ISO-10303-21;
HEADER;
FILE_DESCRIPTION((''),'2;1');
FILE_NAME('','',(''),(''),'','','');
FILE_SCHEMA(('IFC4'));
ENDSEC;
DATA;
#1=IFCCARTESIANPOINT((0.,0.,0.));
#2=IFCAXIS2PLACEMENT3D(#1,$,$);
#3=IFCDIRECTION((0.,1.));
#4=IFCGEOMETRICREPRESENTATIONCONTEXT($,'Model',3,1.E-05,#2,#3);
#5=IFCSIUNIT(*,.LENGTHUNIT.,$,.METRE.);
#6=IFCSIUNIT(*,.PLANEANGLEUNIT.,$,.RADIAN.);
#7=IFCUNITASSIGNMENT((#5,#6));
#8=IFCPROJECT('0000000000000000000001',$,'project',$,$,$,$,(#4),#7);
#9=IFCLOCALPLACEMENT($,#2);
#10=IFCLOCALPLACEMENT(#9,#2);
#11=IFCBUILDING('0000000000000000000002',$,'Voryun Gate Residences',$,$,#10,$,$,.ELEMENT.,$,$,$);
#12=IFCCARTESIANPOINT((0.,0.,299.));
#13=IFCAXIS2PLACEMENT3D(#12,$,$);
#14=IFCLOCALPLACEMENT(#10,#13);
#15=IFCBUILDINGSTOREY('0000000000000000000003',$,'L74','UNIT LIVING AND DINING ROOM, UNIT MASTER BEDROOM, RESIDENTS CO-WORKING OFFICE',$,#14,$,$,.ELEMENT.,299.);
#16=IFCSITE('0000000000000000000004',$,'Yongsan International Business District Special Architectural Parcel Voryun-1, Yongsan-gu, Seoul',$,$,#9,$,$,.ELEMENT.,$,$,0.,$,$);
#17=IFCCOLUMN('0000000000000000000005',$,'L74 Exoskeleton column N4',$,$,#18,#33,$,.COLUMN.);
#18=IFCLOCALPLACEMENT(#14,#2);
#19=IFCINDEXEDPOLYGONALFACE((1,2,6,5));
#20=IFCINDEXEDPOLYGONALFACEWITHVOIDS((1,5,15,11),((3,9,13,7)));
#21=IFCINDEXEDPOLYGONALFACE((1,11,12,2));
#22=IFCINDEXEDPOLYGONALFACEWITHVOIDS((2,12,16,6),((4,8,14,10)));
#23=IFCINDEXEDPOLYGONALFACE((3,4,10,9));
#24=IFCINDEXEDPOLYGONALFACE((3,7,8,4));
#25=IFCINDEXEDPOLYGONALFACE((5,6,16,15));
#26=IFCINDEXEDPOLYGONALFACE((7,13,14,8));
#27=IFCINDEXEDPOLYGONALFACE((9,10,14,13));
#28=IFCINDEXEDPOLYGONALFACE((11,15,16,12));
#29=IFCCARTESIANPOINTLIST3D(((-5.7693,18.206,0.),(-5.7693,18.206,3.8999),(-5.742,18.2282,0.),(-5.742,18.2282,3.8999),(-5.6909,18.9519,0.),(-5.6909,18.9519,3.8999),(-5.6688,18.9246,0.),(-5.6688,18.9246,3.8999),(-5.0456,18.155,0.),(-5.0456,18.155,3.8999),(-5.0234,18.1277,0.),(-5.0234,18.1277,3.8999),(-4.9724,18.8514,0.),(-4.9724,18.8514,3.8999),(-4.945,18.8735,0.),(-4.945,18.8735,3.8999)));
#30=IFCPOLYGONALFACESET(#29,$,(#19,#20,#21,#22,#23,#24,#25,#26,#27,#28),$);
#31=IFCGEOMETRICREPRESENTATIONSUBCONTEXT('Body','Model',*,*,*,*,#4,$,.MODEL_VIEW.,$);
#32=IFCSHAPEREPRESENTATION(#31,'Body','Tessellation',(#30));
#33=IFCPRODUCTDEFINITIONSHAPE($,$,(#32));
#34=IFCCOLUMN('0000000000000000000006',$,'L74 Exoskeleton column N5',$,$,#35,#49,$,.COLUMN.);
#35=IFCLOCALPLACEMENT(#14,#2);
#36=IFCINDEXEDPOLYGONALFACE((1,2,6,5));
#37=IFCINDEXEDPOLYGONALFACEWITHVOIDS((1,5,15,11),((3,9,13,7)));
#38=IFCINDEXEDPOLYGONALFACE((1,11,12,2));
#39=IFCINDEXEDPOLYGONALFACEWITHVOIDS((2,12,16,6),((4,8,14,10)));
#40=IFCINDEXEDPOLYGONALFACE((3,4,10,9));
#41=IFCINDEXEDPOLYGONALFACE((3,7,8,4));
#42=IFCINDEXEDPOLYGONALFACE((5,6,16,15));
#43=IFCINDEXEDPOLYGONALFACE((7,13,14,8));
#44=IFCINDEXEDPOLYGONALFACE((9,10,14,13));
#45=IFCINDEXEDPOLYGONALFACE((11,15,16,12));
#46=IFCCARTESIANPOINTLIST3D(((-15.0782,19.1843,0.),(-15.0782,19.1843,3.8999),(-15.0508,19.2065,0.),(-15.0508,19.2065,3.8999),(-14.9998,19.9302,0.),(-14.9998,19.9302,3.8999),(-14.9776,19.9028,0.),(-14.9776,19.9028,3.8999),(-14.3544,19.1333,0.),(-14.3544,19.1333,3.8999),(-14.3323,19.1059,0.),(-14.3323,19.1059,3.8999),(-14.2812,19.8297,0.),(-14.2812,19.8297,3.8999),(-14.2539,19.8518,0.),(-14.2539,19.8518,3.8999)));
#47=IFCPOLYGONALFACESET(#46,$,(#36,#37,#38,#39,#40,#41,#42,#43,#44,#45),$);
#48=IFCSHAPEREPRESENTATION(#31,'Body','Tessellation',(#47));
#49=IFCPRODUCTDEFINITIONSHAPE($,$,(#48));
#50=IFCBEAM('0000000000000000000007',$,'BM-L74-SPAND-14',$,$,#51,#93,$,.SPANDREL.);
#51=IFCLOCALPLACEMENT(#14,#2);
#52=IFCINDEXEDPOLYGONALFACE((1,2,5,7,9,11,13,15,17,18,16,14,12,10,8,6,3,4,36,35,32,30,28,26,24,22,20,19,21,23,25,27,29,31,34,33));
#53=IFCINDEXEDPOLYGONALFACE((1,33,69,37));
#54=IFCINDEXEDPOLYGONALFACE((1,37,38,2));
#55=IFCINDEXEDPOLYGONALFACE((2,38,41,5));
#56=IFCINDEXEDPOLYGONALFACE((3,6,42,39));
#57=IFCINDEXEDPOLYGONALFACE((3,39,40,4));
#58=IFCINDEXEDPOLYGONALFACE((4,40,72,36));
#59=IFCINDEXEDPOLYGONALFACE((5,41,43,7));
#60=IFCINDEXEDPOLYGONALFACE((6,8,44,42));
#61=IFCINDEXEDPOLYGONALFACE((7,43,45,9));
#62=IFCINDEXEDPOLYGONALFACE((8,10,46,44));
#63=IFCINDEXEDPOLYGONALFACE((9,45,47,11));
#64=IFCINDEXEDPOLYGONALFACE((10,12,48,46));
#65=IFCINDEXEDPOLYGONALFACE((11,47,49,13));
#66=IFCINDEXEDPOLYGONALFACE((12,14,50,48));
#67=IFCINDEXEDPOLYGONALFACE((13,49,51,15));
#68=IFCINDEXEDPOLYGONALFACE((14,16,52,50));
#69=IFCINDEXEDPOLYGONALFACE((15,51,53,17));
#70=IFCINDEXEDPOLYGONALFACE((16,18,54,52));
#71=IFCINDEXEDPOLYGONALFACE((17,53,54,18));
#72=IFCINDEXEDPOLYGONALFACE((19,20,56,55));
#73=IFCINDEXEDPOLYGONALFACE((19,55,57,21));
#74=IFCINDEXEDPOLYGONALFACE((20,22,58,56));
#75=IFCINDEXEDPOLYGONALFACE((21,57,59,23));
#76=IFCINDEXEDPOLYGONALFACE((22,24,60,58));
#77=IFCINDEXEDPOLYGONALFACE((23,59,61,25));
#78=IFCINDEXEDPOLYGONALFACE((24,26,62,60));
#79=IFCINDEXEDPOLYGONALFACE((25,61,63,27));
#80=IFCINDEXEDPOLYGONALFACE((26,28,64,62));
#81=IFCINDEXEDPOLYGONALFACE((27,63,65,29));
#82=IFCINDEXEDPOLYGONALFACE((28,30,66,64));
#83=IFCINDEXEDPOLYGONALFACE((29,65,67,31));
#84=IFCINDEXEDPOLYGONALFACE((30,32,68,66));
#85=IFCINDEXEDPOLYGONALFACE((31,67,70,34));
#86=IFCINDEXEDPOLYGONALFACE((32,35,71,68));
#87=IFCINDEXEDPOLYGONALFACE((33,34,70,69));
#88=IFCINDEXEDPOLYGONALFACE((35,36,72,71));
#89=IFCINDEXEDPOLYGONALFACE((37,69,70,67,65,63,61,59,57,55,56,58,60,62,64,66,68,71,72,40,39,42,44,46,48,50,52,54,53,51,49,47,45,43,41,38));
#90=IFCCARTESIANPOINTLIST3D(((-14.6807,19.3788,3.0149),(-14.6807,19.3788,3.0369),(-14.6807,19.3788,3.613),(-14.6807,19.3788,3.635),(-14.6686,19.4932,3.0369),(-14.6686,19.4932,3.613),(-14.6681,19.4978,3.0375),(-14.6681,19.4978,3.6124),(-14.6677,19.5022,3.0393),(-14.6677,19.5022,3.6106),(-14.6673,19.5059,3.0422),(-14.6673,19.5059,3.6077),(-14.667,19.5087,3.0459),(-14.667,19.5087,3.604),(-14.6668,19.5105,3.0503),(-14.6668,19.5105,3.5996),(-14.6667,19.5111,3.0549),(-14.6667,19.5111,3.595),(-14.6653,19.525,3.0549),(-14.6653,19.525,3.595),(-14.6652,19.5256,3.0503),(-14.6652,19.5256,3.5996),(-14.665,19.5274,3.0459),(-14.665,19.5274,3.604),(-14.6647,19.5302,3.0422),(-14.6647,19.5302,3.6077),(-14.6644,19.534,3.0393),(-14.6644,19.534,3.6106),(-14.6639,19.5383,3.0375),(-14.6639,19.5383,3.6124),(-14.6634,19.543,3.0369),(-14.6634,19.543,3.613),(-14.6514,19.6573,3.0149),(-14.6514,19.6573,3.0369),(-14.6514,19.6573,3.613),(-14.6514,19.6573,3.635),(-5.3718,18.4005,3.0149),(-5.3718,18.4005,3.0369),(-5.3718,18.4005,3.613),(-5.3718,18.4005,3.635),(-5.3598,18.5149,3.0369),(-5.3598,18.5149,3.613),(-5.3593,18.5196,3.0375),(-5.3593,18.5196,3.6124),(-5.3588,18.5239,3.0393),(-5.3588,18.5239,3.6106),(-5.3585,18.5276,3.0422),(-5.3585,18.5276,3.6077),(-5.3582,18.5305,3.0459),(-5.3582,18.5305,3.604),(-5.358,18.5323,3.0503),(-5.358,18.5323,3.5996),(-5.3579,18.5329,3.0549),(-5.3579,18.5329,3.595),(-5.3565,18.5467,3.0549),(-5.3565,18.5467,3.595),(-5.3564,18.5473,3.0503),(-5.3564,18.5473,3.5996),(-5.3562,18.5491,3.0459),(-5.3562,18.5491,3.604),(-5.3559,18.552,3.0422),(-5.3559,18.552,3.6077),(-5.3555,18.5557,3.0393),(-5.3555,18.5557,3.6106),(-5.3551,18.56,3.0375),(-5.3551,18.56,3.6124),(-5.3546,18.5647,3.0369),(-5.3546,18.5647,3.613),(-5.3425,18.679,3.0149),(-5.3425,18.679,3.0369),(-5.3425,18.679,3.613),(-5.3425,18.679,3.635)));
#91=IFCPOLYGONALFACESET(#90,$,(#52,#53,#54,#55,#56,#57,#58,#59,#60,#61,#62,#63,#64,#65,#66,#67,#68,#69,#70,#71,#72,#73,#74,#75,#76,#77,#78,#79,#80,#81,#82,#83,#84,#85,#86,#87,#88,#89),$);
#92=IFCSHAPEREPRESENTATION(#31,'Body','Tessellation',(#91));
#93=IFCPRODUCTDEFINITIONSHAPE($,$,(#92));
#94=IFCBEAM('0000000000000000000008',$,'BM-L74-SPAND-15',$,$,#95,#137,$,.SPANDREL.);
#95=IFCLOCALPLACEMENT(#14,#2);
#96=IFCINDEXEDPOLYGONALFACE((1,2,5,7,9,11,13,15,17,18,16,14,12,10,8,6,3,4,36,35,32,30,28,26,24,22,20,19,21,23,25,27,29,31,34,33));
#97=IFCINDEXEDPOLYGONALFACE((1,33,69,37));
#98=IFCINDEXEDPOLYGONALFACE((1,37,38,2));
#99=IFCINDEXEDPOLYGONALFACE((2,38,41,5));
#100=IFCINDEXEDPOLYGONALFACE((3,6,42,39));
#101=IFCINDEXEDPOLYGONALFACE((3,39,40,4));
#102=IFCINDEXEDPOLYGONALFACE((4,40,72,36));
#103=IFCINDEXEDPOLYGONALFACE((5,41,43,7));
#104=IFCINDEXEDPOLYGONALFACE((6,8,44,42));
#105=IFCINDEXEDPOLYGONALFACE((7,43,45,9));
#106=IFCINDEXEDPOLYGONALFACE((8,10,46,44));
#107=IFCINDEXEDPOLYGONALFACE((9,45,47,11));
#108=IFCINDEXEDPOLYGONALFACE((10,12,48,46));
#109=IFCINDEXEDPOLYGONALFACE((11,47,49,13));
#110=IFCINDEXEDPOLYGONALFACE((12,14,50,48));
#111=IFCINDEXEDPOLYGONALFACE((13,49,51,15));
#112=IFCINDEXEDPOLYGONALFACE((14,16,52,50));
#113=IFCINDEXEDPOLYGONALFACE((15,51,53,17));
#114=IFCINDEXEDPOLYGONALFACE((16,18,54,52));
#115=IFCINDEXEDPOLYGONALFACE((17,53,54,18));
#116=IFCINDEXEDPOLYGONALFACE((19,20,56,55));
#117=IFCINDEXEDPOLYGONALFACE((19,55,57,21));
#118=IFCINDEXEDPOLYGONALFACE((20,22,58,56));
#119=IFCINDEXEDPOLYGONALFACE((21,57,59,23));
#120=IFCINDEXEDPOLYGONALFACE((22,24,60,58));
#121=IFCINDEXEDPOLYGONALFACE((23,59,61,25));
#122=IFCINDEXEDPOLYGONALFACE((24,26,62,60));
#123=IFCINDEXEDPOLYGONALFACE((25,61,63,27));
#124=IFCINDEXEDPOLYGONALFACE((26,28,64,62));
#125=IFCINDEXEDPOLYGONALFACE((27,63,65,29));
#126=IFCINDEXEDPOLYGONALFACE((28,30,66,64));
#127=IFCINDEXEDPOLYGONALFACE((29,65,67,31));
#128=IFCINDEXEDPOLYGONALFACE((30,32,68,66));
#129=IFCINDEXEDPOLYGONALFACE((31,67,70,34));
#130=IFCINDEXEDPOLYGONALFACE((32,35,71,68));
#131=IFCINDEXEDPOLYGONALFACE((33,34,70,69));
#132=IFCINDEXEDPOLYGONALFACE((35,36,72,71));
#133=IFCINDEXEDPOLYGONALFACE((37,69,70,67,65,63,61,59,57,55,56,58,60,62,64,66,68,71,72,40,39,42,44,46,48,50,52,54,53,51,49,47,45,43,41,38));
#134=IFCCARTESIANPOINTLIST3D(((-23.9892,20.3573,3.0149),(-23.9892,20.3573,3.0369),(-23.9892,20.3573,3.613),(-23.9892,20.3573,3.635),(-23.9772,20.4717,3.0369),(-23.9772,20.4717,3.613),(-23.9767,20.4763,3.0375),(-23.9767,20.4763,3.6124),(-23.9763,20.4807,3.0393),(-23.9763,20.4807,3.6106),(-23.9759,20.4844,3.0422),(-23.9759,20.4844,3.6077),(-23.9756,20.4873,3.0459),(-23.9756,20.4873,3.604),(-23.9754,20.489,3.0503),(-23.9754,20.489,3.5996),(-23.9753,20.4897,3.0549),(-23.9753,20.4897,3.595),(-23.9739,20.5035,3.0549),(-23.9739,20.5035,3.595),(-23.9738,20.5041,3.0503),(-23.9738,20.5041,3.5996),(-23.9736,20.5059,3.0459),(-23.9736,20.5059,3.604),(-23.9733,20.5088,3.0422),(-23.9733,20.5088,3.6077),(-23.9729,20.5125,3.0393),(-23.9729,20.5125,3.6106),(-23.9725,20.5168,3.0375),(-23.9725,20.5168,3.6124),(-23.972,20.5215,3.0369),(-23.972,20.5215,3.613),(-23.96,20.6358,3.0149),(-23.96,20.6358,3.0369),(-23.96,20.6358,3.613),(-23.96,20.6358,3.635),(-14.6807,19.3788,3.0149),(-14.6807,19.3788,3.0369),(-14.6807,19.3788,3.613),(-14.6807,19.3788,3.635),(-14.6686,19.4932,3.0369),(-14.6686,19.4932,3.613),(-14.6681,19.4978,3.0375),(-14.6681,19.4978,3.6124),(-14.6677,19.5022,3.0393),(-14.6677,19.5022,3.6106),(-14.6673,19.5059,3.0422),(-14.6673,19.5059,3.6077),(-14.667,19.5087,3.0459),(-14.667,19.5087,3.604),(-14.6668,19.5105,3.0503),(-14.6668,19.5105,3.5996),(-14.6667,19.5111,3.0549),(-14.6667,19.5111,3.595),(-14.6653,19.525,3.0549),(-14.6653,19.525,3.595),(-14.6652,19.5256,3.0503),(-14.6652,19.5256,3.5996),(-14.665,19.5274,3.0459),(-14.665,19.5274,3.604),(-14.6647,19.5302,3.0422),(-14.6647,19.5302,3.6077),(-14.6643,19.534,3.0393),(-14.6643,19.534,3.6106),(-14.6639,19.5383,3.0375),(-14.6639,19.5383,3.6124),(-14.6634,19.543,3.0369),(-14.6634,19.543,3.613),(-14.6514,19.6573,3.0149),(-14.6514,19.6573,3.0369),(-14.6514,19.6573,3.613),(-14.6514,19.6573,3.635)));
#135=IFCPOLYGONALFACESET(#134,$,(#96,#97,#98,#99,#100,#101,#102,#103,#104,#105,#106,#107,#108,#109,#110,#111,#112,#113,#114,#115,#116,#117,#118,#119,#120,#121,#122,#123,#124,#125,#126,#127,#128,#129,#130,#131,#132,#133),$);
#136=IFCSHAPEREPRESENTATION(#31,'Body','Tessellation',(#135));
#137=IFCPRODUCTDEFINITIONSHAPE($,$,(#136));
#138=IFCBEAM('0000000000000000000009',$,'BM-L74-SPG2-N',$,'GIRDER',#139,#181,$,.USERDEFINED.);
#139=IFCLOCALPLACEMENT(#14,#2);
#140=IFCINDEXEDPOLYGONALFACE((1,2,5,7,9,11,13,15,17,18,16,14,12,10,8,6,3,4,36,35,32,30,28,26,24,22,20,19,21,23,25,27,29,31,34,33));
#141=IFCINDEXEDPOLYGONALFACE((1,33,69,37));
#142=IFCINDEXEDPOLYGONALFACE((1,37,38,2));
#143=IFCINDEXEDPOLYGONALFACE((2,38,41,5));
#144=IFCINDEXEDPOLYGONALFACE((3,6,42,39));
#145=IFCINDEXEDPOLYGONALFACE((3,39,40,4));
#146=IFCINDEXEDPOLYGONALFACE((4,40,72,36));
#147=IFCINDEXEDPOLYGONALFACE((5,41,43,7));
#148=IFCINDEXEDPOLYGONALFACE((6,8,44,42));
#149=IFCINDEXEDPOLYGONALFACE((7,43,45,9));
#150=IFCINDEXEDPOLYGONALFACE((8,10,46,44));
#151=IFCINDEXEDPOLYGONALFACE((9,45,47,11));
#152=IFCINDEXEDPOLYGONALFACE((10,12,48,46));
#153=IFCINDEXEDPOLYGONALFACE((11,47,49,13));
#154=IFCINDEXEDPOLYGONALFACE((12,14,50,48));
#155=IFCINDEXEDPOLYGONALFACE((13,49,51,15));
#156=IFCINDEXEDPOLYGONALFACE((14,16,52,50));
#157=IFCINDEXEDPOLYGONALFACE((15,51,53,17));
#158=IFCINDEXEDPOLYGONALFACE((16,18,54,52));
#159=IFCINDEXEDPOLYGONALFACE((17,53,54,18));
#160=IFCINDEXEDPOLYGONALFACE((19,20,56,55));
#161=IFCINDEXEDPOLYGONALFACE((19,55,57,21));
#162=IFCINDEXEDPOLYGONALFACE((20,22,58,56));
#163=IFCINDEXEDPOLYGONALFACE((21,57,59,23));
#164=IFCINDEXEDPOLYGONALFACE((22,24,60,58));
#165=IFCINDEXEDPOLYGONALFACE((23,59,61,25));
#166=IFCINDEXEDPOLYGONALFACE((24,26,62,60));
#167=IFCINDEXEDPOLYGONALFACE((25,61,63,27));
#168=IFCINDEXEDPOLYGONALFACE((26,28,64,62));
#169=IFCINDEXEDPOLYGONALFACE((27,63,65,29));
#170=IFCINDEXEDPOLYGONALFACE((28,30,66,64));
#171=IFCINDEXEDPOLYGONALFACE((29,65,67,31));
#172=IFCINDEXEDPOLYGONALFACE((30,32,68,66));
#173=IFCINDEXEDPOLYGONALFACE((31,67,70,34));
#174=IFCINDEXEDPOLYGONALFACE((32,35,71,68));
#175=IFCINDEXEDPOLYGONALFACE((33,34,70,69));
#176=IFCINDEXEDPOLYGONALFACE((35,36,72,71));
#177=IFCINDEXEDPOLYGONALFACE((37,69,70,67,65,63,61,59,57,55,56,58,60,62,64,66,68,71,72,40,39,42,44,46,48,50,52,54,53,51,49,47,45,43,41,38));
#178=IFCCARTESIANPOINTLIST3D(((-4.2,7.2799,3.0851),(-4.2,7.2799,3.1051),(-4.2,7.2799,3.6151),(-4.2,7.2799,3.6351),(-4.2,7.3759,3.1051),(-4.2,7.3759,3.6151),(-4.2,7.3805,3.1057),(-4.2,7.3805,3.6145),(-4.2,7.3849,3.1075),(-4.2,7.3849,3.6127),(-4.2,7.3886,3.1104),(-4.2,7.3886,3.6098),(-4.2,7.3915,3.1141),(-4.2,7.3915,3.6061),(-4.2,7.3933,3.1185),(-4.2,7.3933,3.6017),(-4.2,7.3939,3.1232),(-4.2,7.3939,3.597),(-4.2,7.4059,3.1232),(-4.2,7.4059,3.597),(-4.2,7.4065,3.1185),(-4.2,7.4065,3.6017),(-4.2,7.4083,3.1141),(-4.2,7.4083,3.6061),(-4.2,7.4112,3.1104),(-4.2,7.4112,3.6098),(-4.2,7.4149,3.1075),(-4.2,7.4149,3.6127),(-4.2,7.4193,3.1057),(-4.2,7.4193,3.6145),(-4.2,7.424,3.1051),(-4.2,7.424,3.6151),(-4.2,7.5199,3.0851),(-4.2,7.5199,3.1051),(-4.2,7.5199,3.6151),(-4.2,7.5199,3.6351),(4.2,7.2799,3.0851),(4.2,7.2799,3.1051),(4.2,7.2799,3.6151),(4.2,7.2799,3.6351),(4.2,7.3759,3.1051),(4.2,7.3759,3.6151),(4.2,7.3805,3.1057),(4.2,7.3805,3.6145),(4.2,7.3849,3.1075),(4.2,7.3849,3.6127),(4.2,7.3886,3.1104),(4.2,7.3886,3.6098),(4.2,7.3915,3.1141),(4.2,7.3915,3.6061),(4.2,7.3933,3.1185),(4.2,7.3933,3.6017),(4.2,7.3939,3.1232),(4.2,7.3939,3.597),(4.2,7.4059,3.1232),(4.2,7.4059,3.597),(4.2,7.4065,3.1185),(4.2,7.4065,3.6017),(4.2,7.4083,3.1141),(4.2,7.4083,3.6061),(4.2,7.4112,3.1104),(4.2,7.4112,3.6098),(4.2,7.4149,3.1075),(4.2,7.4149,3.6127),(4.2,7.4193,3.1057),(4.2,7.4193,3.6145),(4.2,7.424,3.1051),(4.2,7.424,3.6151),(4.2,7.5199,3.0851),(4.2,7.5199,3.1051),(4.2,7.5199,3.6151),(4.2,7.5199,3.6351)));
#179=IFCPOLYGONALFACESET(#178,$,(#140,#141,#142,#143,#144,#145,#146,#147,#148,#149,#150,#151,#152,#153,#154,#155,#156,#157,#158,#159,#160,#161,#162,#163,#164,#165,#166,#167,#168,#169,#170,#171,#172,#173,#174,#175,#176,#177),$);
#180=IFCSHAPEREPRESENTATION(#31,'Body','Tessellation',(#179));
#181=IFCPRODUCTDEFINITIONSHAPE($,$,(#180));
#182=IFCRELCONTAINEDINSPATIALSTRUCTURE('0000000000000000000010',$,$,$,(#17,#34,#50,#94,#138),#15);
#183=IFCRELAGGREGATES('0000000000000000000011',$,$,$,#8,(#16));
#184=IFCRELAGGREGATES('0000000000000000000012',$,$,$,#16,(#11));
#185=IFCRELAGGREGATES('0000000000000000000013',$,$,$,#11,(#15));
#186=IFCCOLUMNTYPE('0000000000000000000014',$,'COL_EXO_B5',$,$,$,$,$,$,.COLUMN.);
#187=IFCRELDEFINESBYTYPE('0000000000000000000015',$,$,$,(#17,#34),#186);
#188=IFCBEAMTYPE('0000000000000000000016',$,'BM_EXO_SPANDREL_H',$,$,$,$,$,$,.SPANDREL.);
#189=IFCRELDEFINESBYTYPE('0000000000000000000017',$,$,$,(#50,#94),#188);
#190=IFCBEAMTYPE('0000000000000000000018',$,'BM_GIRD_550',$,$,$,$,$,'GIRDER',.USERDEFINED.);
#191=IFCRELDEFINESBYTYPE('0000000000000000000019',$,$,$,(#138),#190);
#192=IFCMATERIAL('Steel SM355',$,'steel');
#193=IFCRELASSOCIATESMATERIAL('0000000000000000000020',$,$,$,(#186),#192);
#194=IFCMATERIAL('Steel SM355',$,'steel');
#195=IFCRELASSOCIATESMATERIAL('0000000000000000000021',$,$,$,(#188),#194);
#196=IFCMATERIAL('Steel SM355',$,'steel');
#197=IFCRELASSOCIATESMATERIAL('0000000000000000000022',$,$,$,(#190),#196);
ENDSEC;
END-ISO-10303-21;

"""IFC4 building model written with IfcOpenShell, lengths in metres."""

from ifc_helpers import new_model, si_unit, direction, frame, origin, origin_2d, place, context, subcontext, project, spatial, hollow_rectangle, i_section, extrude, material, material_profile, profile_set, type_object, element, save


model = new_model("IFC4")

# Units and contexts
model_context = context("Model", 3, precision=1e-05, world=origin(), true_north=direction((0.0, 1.0)))
body_context = subcontext(model_context, "Body", "Model", "MODEL_VIEW")
ifc_project = project(units=[si_unit("LENGTHUNIT", "METRE"), si_unit("PLANEANGLEUNIT", "RADIAN")], contexts=[model_context])

# Site, building, storey
site_placement = place(None, origin())
site = spatial("IfcSite", under=ifc_project, at=site_placement, Name="Yongsan International Business District Special Architectural Parcel Voryun-1, Yongsan-gu, Seoul", CompositionType="ELEMENT", RefElevation=0.0)
building_placement = place(site_placement, origin())
building = spatial("IfcBuilding", under=site, at=building_placement, Name="Voryun Gate Residences", CompositionType="ELEMENT")
storey_placement = place(building_placement, frame((0.0, 0.0, 299.0)))
storey = spatial("IfcBuildingStorey", under=building, at=storey_placement, Name="L74", Description="UNIT LIVING AND DINING ROOM, UNIT MASTER BEDROOM, RESIDENTS CO-WORKING OFFICE", CompositionType="ELEMENT", Elevation=299.0)

# Columns
ifc_material_1 = material(Name="Steel SM355", Category="steel")
ifc_material_profile_1 = material_profile(ifc_material_1, hollow_rectangle(XDim=0.75, YDim=0.75, WallThickness=0.0249, at=origin_2d()), Name="BOX-750x750x25")
ifc_profile_set_1 = profile_set([ifc_material_profile_1], Name="Steel SM355")
column_type = type_object("IfcColumnType", Name="COL_EXO_B5", PredefinedType="COLUMN", material=ifc_profile_set_1)
for number, where, z_axis, x_axis, name in (
    (1, (-5.3572, 18.5398, 0.0), (0.0, 0.0, 1.0), (0.994522, -0.104528, 0.0), "L74 Exoskeleton column N4"),
    (2, (-14.666, 19.5181, 0.0), (0.0, 0.0, 1.0), (0.994522, -0.104528, 0.0), "L74 Exoskeleton column N5"),
):
    element("IfcColumn", number, at=place(storey_placement, frame(where, z_axis=z_axis, x_axis=x_axis)), inside=storey, type_object=column_type, Name=name, PredefinedType="COLUMN", context=body_context, shape_type="SweptSolid", body=[
        extrude(hollow_rectangle(XDim=0.75, YDim=0.75, WallThickness=0.0249, at=origin_2d()), origin(), (0.0, 0.0, 1.0), 3.8999),
    ])

# Beams
ifc_material_2 = material(Name="Steel SM355", Category="steel")
ifc_material_profile_2 = material_profile(ifc_material_2, i_section(OverallWidth=0.28, OverallDepth=0.6201, WebThickness=0.0139, FlangeThickness=0.022, FilletRadius=0.0181, at=origin_2d()), Name="H-620x280x14x22")
ifc_profile_set_2 = profile_set([ifc_material_profile_2], Name="Steel SM355")
beam_type_1 = type_object("IfcBeamType", Name="BM_EXO_SPANDREL_H", PredefinedType="SPANDREL", material=ifc_profile_set_2)
beam_1_placement = place(storey_placement, frame((-5.3572, 18.5398, 3.325), z_axis=(-0.994523, 0.104515, 0.0), x_axis=(-0.104515, -0.994523, 0.0)))
element("IfcBeam", 3, at=beam_1_placement, inside=storey, type_object=beam_type_1, Name="BM-L74-SPAND-14", PredefinedType="SPANDREL", context=body_context, shape_type="SweptSolid", body=[
    extrude(i_section(OverallWidth=0.28, OverallDepth=0.6201, WebThickness=0.0139, FlangeThickness=0.022, FilletRadius=0.0181, at=origin_2d()), origin(), (0.0, 0.0, 1.0), 9.3601),
])
beam_2_placement = place(storey_placement, frame((-14.666, 19.5181, 3.325), z_axis=(-0.99452, 0.104544, 0.0), x_axis=(-0.104544, -0.99452, 0.0)))
element("IfcBeam", 4, at=beam_2_placement, inside=storey, type_object=beam_type_1, Name="BM-L74-SPAND-15", PredefinedType="SPANDREL", context=body_context, shape_type="SweptSolid", body=[
    extrude(i_section(OverallWidth=0.28, OverallDepth=0.6201, WebThickness=0.0139, FlangeThickness=0.022, FilletRadius=0.0181, at=origin_2d()), origin(), (0.0, 0.0, 1.0), 9.3599),
])
ifc_material_3 = material(Name="Steel SM355", Category="steel")
ifc_material_profile_3 = material_profile(ifc_material_3, i_section(OverallWidth=0.24, OverallDepth=0.55, WebThickness=0.012, FlangeThickness=0.02, FilletRadius=0.0181, at=origin_2d()), Name="H-550x240x12x20")
ifc_profile_set_3 = profile_set([ifc_material_profile_3], Name="Steel SM355")
beam_type_2 = type_object("IfcBeamType", Name="BM_GIRD_550", ElementType="GIRDER", PredefinedType="USERDEFINED", material=ifc_profile_set_3)
beam_3_placement = place(storey_placement, frame((-4.2, 7.3999, 3.3601), z_axis=(1.0, 0.0, 0.0), x_axis=(0.0, 1.0, 0.0)))
element("IfcBeam", 5, at=beam_3_placement, inside=storey, type_object=beam_type_2, Name="BM-L74-SPG2-N", ObjectType="GIRDER", PredefinedType="USERDEFINED", context=body_context, shape_type="SweptSolid", body=[
    extrude(i_section(OverallWidth=0.24, OverallDepth=0.55, WebThickness=0.012, FlangeThickness=0.02, FilletRadius=0.0181, at=origin_2d()), origin(), (0.0, 0.0, 1.0), 8.3999),
])

save(model, "model.ifc")
